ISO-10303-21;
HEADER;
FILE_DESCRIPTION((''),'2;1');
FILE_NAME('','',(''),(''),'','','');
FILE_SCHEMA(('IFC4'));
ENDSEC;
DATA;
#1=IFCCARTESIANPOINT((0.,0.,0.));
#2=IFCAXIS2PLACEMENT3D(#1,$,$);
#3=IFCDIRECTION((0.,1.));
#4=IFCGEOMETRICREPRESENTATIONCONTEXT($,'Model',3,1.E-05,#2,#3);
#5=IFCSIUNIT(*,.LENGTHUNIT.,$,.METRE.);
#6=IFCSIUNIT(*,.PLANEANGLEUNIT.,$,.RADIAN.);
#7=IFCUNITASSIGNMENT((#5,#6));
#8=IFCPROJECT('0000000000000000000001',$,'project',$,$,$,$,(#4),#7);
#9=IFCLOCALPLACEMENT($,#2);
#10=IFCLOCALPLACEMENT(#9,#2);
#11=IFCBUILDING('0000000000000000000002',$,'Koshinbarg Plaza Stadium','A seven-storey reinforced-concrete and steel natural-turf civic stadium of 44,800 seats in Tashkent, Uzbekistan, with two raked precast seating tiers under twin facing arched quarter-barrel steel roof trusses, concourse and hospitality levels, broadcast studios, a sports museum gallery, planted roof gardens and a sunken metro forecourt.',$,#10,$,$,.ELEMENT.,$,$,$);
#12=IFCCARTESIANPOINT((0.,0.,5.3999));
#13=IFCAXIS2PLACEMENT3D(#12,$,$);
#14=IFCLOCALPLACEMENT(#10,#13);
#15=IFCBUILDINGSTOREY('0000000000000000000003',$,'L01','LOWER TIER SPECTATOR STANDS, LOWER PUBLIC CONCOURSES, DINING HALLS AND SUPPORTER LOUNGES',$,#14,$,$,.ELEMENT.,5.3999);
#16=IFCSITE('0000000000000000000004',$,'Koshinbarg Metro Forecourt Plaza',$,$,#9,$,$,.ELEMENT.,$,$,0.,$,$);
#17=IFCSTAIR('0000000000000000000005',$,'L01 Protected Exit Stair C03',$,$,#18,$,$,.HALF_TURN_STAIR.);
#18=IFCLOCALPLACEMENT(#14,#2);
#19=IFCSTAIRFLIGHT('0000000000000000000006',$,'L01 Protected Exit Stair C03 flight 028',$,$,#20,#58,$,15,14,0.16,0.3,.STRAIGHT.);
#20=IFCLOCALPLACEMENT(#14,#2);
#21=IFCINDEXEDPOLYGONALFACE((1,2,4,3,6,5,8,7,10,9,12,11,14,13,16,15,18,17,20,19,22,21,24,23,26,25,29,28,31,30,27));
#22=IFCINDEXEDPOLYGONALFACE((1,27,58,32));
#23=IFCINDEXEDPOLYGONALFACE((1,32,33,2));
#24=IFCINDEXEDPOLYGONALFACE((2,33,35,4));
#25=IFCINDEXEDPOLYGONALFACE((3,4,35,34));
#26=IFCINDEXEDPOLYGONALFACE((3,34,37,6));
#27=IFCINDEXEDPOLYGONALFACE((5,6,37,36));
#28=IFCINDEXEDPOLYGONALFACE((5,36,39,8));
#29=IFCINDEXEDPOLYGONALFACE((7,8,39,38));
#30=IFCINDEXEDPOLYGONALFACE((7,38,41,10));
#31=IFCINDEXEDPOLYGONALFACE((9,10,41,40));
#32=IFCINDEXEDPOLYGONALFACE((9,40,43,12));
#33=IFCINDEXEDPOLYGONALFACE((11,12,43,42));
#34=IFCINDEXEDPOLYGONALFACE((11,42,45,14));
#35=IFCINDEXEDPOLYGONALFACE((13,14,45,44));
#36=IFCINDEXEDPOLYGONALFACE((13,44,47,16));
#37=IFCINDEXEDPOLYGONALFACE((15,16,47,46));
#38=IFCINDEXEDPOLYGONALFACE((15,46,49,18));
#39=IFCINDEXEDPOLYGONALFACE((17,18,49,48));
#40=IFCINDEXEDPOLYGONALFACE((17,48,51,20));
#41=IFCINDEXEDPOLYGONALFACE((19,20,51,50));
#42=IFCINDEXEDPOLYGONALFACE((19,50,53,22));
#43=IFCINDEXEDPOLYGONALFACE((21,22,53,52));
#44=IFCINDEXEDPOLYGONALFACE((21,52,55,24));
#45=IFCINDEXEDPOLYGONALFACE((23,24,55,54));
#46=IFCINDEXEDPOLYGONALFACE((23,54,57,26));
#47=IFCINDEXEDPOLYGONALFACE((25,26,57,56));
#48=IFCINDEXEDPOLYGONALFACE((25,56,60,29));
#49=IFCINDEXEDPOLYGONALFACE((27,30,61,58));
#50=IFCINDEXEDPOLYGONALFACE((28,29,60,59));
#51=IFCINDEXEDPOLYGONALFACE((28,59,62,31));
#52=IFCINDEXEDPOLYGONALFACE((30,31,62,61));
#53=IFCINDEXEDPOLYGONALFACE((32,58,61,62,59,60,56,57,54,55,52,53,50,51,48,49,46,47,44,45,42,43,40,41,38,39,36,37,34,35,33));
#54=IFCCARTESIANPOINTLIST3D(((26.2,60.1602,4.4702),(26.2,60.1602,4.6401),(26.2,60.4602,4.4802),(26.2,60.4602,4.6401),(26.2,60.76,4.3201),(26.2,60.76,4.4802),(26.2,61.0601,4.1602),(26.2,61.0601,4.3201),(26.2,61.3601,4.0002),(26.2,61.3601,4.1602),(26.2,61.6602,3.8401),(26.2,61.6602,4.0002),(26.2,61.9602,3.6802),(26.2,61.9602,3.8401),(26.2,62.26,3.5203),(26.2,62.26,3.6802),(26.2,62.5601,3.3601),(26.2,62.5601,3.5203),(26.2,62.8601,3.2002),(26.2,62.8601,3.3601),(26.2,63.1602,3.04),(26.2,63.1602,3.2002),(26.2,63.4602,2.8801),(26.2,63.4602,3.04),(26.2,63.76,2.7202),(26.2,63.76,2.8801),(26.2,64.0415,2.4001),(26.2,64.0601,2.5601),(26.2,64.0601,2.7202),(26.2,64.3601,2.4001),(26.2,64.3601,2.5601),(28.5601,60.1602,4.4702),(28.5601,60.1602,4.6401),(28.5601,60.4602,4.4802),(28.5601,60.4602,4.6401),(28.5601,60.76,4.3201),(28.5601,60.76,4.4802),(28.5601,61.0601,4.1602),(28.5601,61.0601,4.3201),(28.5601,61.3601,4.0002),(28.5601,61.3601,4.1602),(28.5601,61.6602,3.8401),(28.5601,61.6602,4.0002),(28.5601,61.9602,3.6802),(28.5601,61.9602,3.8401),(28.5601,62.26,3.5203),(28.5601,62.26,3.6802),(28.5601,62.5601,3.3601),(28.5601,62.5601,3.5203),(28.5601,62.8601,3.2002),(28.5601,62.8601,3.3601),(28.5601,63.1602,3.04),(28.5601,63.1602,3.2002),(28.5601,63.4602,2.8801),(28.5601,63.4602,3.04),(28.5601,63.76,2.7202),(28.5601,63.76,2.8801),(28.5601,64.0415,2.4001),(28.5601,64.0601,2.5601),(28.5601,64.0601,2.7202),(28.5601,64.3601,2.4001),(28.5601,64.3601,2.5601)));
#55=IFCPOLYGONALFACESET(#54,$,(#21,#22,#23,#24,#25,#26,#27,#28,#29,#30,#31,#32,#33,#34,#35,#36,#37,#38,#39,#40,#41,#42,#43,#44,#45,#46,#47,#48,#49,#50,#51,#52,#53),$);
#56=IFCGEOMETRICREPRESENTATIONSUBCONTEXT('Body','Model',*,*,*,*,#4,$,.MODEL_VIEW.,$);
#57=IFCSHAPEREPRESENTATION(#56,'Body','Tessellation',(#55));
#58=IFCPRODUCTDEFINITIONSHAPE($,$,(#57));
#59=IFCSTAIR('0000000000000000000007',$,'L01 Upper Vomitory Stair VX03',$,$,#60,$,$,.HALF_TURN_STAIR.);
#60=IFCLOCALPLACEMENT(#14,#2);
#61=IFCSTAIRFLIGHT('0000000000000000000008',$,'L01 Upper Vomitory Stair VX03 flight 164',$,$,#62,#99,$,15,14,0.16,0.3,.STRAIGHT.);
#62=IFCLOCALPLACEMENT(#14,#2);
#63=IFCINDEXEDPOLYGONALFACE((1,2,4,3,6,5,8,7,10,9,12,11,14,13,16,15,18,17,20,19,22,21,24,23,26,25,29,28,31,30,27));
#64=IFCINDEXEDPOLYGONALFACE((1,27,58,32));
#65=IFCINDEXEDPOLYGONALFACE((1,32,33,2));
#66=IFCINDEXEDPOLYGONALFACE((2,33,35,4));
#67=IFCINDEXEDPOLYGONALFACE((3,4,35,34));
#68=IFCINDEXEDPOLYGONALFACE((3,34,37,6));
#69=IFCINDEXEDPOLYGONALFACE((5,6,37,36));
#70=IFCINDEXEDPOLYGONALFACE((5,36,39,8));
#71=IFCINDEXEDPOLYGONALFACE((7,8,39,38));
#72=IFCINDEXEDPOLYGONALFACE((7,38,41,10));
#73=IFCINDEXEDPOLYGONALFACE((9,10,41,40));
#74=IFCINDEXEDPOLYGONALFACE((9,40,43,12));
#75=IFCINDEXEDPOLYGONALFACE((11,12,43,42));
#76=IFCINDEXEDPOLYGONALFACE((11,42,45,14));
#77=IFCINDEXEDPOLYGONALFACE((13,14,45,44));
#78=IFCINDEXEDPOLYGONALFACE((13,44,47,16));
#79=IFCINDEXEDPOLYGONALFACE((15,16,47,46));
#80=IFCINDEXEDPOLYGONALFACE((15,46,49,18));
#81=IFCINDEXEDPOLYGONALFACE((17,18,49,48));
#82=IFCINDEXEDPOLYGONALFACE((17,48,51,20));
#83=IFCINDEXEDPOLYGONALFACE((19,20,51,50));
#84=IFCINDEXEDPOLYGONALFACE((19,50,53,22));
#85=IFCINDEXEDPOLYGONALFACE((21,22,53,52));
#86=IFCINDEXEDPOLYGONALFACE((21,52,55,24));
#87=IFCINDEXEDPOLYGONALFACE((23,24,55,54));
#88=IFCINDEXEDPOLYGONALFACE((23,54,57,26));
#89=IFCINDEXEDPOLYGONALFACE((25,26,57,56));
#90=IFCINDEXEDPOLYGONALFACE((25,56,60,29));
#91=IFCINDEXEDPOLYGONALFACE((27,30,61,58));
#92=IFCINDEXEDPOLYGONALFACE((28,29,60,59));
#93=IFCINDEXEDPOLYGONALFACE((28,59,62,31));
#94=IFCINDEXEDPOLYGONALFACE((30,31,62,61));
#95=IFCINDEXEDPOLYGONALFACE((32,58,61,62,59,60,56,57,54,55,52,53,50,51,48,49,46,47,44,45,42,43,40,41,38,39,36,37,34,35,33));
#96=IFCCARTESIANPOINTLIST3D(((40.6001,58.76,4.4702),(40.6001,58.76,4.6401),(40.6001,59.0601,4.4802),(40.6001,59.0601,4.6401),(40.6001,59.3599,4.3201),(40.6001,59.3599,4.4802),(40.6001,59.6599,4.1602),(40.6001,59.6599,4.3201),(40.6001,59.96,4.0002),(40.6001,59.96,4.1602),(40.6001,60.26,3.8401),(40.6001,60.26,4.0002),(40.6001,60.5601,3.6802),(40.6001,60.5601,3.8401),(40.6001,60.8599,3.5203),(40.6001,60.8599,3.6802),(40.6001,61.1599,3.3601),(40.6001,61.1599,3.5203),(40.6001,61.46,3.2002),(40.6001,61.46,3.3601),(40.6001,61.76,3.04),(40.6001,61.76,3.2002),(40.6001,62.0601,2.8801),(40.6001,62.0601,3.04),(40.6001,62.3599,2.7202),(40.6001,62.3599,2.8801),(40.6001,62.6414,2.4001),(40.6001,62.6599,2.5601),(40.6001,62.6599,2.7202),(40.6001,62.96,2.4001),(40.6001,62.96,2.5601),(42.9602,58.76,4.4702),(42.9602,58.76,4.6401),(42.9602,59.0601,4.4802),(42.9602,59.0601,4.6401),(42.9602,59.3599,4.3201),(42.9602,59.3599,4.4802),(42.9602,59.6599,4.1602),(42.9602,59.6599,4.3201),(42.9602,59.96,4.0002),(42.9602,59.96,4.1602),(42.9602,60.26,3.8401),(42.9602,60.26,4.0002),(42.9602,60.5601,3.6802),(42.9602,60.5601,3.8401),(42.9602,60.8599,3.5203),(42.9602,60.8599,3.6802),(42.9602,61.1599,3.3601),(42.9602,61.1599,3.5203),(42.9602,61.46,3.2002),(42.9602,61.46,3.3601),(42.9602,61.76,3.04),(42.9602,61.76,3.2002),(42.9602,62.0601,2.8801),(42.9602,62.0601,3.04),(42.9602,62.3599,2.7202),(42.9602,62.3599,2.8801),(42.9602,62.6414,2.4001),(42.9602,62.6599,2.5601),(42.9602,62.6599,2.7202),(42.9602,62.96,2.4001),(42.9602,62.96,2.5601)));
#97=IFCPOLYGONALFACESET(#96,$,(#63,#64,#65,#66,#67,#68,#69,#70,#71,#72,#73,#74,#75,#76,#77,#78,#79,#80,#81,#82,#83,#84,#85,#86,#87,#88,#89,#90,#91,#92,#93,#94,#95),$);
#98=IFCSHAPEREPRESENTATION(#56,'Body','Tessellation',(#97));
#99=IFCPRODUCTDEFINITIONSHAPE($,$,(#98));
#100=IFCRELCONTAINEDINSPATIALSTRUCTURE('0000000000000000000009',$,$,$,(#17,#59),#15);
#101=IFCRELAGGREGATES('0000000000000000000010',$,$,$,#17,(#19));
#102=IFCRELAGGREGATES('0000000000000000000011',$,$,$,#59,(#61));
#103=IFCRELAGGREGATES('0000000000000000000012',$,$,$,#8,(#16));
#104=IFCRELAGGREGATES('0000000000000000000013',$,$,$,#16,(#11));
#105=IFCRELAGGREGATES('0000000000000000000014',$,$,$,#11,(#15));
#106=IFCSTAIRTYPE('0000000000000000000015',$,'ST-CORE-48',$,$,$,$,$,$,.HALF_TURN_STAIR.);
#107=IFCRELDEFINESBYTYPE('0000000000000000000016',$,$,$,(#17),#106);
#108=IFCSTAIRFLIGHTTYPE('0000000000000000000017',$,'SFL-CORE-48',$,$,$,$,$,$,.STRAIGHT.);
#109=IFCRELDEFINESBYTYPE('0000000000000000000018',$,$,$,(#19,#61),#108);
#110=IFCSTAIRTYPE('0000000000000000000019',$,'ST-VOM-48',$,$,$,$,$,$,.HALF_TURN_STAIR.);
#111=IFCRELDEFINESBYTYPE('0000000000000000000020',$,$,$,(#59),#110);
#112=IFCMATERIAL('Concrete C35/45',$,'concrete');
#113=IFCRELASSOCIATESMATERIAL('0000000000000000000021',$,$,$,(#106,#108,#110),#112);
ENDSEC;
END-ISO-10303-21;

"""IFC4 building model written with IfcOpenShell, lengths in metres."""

from ifc_helpers import new_model, si_unit, direction, frame, origin, place, context, subcontext, project, spatial, polyline, outline, extrude, material, type_object, element, aggregate, save


model = new_model("IFC4")

# Units and contexts
model_context = context("Model", 3, precision=1e-05, world=origin(), true_north=direction((0.0, 1.0)))
body_context = subcontext(model_context, "Body", "Model", "MODEL_VIEW")
ifc_project = project(units=[si_unit("LENGTHUNIT", "METRE"), si_unit("PLANEANGLEUNIT", "RADIAN")], contexts=[model_context])

# Site, building, storey
site_placement = place(None, origin())
site = spatial("IfcSite", under=ifc_project, at=site_placement, Name="Koshinbarg Metro Forecourt Plaza", CompositionType="ELEMENT", RefElevation=0.0)
building_placement = place(site_placement, origin())
building = spatial("IfcBuilding", under=site, at=building_placement, Name="Koshinbarg Plaza Stadium", Description="A seven-storey reinforced-concrete and steel natural-turf civic stadium of 44,800 seats in Tashkent, Uzbekistan, with two raked precast seating tiers under twin facing arched quarter-barrel steel roof trusses, concourse and hospitality levels, broadcast studios, a sports museum gallery, planted roof gardens and a sunken metro forecourt.", CompositionType="ELEMENT")
storey_placement = place(building_placement, frame((0.0, 0.0, 5.3999)))
storey = spatial("IfcBuildingStorey", under=building, at=storey_placement, Name="L01", Description="LOWER TIER SPECTATOR STANDS, LOWER PUBLIC CONCOURSES, DINING HALLS AND SUPPORTER LOUNGES", CompositionType="ELEMENT", Elevation=5.3999)

# Stair, stair flight
ifc_material_1 = material(Name="Concrete C35/45", Category="concrete")
stair_type_1 = type_object("IfcStairType", Name="ST-CORE-48", PredefinedType="HALF_TURN_STAIR", material=ifc_material_1)
stair_1_placement = place(storey_placement, origin())
stair_1 = element("IfcStair", 1, at=stair_1_placement, inside=storey, type_object=stair_type_1, Name="L01 Protected Exit Stair C03", PredefinedType="HALF_TURN_STAIR")
stair_flight_type = type_object("IfcStairFlightType", Name="SFL-CORE-48", PredefinedType="STRAIGHT", material=ifc_material_1)
stair_flight_1_placement = place(storey_placement, frame((27.3799, 64.3601, 2.4001), z_axis=(0.0, 0.0, 1.0), x_axis=(0.0, -1.0, 0.0)))
stair_flight_1 = element("IfcStairFlight", 2, at=stair_flight_1_placement, type_object=stair_flight_type, Name="L01 Protected Exit Stair C03 flight 028", NumberOfRisers=15, NumberOfTreads=14, PredefinedType="STRAIGHT", RiserHeight=0.16, TreadLength=0.3, context=body_context, shape_type="SweptSolid", body=[
    extrude(outline(polyline([(0.0, 0.0), (0.0, 0.1599), (0.3, 0.1599), (0.3, 0.3201), (0.6001, 0.3201), (0.6001, 0.48), (0.8999, 0.48), (0.8999, 0.6399), (1.2, 0.6399), (1.2, 0.8), (1.5, 0.8), (1.5, 0.96), (1.8, 0.96), (1.8, 1.1201), (2.1001, 1.1201), (2.1001, 1.28), (2.3999, 1.28), (2.3999, 1.4399), (2.7, 1.4399), (2.7, 1.6001), (3.0, 1.6001), (3.0, 1.76), (3.3, 1.76), (3.3, 1.9199), (3.6001, 1.9199), (3.6001, 2.0801), (3.8999, 2.0801), (3.8999, 2.24), (4.2, 2.24), (4.2, 2.3999), (4.2, 2.0701), (0.3186, 0.0), (0.0, 0.0)])), frame((0.0, 1.1802, 0.0), z_axis=(0.0, -1.0, 0.0), x_axis=(1.0, 0.0, 0.0)), (0.0, 0.0, 1.0), 2.3601),
])
aggregate(stair_1, [stair_flight_1])

# Stair, stair flight
stair_type_2 = type_object("IfcStairType", Name="ST-VOM-48", PredefinedType="HALF_TURN_STAIR", material=ifc_material_1)
stair_2_placement = place(storey_placement, origin())
stair_2 = element("IfcStair", 3, at=stair_2_placement, inside=storey, type_object=stair_type_2, Name="L01 Upper Vomitory Stair VX03", PredefinedType="HALF_TURN_STAIR")
stair_flight_2_placement = place(storey_placement, frame((41.78, 62.96, 2.4001), z_axis=(0.0, 0.0, 1.0), x_axis=(0.0, -1.0, 0.0)))
stair_flight_2 = element("IfcStairFlight", 4, at=stair_flight_2_placement, type_object=stair_flight_type, Name="L01 Upper Vomitory Stair VX03 flight 164", NumberOfRisers=15, NumberOfTreads=14, PredefinedType="STRAIGHT", RiserHeight=0.16, TreadLength=0.3, context=body_context, shape_type="SweptSolid", body=[
    extrude(outline(polyline([(0.0, 0.0), (0.0, 0.1599), (0.3, 0.1599), (0.3, 0.3201), (0.6001, 0.3201), (0.6001, 0.48), (0.8999, 0.48), (0.8999, 0.6399), (1.2, 0.6399), (1.2, 0.8), (1.5, 0.8), (1.5, 0.96), (1.8, 0.96), (1.8, 1.1201), (2.1001, 1.1201), (2.1001, 1.28), (2.3999, 1.28), (2.3999, 1.4399), (2.7, 1.4399), (2.7, 1.6001), (3.0, 1.6001), (3.0, 1.76), (3.3, 1.76), (3.3, 1.9199), (3.6001, 1.9199), (3.6001, 2.0801), (3.8999, 2.0801), (3.8999, 2.24), (4.2, 2.24), (4.2, 2.3999), (4.2, 2.0701), (0.3186, 0.0), (0.0, 0.0)])), frame((0.0, 1.1802, 0.0), z_axis=(0.0, -1.0, 0.0), x_axis=(1.0, 0.0, 0.0)), (0.0, 0.0, 1.0), 2.3601),
])
aggregate(stair_2, [stair_flight_2])

save(model, "model.ifc")
